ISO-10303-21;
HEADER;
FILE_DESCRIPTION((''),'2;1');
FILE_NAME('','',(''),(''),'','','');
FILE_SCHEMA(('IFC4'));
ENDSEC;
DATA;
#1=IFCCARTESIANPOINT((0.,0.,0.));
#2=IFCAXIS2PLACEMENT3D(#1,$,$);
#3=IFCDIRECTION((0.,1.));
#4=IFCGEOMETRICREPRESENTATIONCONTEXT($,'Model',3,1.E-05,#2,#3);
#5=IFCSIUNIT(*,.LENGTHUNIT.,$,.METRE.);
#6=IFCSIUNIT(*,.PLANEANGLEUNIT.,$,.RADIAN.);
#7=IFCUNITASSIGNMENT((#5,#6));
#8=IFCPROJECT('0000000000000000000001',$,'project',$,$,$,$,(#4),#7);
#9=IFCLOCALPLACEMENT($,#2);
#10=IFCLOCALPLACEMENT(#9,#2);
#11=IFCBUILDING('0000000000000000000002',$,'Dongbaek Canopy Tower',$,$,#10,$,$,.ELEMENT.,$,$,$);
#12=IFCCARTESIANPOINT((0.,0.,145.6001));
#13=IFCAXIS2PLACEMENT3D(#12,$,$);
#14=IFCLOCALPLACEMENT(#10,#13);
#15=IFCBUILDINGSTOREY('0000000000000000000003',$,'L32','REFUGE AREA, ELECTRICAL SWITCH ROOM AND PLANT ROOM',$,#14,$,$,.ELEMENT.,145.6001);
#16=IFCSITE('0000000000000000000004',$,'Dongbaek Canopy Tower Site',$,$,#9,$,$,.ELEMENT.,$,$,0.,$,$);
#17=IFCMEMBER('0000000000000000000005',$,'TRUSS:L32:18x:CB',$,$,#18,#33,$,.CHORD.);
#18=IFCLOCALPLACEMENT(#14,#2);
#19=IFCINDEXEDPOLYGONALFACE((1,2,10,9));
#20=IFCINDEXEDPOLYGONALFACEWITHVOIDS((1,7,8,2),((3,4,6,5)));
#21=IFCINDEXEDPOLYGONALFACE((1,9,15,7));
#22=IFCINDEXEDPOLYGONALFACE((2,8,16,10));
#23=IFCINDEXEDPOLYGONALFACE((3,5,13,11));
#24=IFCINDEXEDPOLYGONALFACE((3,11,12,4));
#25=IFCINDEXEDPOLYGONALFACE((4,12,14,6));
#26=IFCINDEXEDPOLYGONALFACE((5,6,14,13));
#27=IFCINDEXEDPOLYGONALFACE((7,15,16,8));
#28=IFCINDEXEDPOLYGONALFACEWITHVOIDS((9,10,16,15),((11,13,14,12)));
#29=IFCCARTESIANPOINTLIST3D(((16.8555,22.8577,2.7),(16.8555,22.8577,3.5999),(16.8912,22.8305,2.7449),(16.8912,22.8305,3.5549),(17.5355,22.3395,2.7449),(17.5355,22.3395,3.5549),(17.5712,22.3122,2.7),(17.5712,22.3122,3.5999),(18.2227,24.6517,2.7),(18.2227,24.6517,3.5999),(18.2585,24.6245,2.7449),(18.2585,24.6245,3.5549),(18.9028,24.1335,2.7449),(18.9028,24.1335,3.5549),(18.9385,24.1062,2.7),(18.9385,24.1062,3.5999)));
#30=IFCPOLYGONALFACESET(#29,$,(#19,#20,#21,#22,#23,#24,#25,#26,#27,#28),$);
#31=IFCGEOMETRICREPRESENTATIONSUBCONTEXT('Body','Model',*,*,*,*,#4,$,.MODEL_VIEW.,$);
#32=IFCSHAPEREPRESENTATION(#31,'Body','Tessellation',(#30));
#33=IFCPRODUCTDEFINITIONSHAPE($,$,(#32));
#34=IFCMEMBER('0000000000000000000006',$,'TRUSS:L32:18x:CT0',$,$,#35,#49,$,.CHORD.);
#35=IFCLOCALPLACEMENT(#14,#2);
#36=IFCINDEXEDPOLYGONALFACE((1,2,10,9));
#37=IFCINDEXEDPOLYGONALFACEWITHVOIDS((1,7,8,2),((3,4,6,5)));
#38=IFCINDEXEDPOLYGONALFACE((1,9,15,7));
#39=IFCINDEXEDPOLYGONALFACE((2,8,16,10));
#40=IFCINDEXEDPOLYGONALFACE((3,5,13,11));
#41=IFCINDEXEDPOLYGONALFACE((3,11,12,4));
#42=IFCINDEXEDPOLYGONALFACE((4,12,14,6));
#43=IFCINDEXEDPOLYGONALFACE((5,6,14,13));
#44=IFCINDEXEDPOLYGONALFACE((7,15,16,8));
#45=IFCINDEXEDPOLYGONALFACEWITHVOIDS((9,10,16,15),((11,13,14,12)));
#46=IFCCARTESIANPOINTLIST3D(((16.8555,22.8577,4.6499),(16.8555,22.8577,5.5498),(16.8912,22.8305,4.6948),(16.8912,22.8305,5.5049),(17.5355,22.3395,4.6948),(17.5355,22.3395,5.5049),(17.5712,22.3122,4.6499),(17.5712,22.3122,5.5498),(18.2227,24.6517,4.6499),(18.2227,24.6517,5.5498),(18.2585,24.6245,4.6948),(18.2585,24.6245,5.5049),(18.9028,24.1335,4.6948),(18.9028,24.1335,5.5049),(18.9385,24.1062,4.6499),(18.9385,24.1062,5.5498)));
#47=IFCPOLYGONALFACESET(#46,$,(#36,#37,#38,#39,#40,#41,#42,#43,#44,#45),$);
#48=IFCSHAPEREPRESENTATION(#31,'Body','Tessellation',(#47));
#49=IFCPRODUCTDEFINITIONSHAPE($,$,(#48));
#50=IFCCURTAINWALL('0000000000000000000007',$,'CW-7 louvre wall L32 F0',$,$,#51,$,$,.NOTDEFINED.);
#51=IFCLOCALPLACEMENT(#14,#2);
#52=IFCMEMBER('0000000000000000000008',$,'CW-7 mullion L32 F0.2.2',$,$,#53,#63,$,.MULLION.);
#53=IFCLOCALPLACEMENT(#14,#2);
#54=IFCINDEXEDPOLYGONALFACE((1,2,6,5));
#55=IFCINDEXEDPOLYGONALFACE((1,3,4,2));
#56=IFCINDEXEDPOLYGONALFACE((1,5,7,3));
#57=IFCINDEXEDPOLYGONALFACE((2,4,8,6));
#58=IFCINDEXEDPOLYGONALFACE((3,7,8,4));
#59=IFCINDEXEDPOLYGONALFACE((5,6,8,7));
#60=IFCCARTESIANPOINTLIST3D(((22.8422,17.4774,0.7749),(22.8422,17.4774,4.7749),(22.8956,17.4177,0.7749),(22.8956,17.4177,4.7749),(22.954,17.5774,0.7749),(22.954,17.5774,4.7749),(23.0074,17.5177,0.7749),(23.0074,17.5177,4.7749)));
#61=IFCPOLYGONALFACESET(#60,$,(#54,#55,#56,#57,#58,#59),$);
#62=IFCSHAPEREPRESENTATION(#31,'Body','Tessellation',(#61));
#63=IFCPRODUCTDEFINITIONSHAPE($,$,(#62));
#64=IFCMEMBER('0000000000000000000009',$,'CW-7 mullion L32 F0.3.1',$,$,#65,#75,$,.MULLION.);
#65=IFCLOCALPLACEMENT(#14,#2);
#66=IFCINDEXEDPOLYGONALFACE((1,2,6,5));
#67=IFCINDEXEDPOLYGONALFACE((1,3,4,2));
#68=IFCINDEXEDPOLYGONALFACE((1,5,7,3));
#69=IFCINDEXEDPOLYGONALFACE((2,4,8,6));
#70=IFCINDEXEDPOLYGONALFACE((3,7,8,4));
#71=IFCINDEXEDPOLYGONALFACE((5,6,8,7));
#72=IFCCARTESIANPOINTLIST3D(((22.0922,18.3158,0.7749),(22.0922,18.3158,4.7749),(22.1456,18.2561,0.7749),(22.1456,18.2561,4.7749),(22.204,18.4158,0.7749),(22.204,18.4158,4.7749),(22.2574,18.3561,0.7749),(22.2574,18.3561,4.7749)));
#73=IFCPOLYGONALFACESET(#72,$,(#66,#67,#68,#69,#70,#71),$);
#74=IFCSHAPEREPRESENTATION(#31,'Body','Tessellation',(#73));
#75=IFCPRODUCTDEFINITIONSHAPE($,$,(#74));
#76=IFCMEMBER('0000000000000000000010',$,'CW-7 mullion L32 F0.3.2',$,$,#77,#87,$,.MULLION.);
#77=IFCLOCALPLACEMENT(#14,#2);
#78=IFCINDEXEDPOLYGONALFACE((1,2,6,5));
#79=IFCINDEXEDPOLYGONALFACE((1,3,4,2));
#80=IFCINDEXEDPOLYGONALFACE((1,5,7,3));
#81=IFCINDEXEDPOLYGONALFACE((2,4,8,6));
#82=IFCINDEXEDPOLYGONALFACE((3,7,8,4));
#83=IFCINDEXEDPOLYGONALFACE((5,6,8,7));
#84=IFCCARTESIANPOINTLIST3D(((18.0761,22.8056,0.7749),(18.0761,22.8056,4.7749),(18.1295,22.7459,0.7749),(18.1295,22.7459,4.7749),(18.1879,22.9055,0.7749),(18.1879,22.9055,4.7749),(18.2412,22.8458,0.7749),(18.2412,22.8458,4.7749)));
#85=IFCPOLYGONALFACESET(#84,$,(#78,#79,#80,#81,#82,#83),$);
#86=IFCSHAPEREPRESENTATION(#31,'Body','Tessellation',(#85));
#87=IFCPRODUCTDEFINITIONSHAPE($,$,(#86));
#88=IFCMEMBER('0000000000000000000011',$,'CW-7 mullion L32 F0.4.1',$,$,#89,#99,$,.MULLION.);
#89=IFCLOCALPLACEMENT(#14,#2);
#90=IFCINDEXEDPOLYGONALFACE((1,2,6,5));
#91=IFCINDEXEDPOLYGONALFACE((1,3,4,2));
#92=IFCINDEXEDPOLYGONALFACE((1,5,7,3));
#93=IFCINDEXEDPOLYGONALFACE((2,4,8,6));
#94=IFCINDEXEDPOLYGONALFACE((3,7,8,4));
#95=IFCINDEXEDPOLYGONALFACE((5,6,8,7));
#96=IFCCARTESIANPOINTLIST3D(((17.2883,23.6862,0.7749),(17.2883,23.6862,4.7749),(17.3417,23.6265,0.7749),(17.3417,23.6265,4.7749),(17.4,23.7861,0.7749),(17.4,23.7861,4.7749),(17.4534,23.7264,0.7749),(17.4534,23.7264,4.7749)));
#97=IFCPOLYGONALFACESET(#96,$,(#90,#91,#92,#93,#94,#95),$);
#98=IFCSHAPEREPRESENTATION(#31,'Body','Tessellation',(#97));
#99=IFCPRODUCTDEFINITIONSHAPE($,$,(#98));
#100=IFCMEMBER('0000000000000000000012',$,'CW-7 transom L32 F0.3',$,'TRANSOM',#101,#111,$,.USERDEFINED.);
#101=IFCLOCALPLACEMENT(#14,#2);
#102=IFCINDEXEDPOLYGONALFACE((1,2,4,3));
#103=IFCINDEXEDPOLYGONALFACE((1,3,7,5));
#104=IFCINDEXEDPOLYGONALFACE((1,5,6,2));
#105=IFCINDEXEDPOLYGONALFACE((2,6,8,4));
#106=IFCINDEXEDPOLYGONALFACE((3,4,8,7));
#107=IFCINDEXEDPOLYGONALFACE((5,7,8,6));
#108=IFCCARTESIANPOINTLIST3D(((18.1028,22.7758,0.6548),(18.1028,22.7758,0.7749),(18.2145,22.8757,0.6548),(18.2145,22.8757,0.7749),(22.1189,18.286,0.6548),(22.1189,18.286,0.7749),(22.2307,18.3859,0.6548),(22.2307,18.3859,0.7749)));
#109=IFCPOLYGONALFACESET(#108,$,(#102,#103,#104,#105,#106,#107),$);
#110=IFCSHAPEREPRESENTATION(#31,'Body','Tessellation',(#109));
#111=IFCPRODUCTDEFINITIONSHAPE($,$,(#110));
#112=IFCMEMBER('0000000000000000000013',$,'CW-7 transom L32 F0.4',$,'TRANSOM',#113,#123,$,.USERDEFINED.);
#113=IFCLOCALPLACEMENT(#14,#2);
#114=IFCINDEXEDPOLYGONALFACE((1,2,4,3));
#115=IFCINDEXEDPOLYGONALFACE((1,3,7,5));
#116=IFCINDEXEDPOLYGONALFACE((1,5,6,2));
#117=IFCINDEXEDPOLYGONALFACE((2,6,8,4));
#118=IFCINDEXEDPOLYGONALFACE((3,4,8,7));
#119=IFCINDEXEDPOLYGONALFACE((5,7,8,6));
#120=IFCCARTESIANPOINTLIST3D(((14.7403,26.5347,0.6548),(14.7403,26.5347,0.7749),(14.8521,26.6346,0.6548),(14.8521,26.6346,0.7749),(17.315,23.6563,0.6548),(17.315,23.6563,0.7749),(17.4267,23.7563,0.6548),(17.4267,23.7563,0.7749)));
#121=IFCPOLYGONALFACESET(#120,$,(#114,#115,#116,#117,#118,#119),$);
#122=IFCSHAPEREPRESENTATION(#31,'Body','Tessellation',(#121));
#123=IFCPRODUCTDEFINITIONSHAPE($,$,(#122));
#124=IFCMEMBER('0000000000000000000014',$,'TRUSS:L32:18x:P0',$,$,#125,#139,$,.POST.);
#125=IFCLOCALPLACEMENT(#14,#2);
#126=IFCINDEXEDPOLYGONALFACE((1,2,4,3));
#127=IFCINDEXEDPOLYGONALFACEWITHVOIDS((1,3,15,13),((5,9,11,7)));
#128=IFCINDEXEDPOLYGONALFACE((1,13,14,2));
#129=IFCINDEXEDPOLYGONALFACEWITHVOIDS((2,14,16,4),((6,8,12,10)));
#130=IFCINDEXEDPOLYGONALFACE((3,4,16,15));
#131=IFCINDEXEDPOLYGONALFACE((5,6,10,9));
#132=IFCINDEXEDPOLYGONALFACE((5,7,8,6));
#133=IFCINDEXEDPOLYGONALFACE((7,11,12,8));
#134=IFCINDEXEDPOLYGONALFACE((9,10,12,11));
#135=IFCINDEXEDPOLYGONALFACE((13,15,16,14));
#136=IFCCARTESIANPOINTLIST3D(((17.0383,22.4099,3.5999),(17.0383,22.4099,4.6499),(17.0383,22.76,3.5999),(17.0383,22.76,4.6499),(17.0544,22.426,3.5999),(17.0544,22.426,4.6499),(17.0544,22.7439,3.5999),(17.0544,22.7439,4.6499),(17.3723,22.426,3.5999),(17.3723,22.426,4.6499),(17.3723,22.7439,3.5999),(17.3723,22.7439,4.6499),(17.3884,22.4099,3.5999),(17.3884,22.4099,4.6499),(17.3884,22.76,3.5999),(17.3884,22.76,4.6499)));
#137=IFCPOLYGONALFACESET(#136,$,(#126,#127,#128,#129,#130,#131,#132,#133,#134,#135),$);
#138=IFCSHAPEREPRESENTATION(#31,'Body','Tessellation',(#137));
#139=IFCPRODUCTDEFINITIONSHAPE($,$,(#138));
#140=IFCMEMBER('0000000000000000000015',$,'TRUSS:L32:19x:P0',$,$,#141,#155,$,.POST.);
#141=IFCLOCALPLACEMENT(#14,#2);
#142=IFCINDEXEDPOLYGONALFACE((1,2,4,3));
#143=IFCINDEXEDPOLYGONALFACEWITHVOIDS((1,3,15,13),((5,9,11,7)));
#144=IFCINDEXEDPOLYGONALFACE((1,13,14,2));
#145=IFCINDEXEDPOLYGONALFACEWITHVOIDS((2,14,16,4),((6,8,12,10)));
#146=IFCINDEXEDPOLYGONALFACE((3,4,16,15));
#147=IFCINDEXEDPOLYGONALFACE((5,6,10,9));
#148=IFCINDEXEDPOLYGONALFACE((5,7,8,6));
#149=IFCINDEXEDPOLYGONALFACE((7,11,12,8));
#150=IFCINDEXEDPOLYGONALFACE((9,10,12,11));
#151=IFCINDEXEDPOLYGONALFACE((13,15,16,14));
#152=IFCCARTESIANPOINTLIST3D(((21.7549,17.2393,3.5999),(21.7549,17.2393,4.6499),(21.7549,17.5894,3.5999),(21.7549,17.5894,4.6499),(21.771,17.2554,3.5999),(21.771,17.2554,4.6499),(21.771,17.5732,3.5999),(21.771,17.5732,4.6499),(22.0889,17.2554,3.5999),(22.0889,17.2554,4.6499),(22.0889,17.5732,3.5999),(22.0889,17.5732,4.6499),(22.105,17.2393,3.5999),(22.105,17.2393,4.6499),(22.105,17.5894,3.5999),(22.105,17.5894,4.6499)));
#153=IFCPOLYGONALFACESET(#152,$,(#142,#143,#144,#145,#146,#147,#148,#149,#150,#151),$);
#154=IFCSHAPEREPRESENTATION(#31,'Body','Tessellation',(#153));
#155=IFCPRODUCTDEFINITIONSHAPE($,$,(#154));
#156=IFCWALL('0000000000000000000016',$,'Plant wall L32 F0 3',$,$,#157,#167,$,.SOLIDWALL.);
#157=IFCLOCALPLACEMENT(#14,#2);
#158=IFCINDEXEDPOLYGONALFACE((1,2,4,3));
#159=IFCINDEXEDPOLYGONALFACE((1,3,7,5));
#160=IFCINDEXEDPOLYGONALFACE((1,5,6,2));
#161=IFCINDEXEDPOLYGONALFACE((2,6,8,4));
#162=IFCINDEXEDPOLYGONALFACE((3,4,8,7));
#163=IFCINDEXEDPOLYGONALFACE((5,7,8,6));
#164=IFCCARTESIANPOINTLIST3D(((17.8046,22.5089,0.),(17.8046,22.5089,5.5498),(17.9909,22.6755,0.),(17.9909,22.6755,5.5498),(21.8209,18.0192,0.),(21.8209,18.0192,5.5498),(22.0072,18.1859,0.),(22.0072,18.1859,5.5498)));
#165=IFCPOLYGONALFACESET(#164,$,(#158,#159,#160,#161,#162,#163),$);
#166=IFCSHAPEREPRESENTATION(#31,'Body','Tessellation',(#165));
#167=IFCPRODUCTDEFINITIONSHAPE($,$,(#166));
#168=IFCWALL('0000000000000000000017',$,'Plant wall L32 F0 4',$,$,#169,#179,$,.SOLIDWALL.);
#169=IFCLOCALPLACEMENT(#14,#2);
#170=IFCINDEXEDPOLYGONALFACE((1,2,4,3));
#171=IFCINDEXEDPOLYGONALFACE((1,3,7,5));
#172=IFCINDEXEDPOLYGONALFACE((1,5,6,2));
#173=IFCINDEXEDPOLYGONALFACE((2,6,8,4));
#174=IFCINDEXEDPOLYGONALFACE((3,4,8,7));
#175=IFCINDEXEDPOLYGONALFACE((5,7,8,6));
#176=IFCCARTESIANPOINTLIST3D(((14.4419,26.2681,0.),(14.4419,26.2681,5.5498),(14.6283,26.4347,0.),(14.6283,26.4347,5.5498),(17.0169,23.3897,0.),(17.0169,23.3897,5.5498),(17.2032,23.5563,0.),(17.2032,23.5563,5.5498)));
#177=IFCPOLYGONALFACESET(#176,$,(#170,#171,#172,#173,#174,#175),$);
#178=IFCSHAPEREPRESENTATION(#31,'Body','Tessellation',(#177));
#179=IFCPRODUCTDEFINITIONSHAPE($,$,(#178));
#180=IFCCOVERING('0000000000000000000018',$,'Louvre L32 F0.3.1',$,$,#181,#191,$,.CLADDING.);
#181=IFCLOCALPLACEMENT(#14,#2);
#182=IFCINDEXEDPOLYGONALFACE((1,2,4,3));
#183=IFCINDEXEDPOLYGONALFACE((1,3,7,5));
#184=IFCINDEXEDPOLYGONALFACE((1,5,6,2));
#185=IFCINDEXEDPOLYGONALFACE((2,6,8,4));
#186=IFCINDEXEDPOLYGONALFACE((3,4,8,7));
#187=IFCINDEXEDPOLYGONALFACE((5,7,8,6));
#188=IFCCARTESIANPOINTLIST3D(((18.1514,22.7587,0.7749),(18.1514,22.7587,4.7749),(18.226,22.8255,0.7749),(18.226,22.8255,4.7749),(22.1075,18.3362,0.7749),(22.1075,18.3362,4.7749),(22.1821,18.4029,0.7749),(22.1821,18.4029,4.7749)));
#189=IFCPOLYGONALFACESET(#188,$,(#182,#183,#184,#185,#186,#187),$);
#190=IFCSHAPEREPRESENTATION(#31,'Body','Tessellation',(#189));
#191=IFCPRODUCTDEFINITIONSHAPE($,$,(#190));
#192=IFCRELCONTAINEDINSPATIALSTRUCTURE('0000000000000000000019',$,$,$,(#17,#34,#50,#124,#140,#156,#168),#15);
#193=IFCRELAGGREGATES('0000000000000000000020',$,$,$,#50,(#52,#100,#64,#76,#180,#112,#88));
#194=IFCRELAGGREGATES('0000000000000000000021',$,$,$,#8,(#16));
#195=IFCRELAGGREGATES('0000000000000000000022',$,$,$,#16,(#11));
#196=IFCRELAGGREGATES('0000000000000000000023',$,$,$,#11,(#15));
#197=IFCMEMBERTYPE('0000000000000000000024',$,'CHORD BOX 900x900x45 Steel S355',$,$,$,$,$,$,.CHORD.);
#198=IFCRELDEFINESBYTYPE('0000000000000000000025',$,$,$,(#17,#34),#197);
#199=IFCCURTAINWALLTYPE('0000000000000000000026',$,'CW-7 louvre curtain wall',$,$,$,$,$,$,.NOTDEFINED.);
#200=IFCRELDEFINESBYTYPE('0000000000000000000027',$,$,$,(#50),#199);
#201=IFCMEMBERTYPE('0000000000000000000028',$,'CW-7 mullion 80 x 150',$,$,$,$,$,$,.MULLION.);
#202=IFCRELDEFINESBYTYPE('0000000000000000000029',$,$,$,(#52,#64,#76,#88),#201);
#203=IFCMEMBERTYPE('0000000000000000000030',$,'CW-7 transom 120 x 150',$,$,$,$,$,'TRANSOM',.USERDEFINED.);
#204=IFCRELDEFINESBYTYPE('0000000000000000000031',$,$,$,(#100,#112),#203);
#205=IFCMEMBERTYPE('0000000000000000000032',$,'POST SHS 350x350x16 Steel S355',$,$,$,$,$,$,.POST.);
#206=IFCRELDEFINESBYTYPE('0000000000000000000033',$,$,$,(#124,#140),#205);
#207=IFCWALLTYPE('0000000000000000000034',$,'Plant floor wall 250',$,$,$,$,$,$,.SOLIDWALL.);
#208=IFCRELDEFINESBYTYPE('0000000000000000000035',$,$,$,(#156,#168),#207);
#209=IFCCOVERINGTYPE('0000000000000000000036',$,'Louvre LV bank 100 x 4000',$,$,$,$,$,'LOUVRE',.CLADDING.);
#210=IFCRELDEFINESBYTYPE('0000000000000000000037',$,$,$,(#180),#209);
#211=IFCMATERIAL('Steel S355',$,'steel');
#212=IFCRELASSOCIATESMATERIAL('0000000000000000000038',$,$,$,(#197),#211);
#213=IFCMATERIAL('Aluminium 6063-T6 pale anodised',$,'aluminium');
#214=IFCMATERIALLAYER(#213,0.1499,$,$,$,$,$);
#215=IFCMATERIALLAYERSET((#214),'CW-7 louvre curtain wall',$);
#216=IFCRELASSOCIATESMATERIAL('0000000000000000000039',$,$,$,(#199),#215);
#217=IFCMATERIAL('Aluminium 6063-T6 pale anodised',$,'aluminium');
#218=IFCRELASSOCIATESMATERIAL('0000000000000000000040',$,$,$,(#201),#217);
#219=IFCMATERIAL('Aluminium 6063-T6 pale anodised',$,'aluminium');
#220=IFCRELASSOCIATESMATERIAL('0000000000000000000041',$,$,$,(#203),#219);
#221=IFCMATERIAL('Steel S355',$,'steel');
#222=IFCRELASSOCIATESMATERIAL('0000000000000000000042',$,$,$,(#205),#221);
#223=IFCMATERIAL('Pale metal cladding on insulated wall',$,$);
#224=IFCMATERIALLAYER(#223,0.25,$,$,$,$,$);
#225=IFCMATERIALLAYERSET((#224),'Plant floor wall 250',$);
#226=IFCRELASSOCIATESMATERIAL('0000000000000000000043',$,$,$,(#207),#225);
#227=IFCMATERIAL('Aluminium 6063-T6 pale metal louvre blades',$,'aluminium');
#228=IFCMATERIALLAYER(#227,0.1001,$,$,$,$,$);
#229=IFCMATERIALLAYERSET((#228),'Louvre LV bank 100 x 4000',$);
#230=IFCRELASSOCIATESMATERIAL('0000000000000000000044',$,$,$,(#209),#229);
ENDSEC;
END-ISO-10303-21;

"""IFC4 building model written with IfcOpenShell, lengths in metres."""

from ifc_helpers import new_model, si_unit, direction, frame, frame_2d, origin, origin_2d, place, context, subcontext, project, spatial, rectangle, hollow_rectangle, extrude, material, layer, layer_set, material_profile, profile_set, type_object, element, aggregate, save


model = new_model("IFC4")

# Units and contexts
model_context = context("Model", 3, precision=1e-05, world=origin(), true_north=direction((0.0, 1.0)))
body_context = subcontext(model_context, "Body", "Model", "MODEL_VIEW")
ifc_project = project(units=[si_unit("LENGTHUNIT", "METRE"), si_unit("PLANEANGLEUNIT", "RADIAN")], contexts=[model_context])

# Site, building, storey
site_placement = place(None, origin())
site = spatial("IfcSite", under=ifc_project, at=site_placement, Name="Dongbaek Canopy Tower Site", CompositionType="ELEMENT", RefElevation=0.0)
building_placement = place(site_placement, origin())
building = spatial("IfcBuilding", under=site, at=building_placement, Name="Dongbaek Canopy Tower", CompositionType="ELEMENT")
storey_placement = place(building_placement, frame((0.0, 0.0, 145.6001)))
storey = spatial("IfcBuildingStorey", under=building, at=storey_placement, Name="L32", Description="REFUGE AREA, ELECTRICAL SWITCH ROOM AND PLANT ROOM", CompositionType="ELEMENT", Elevation=145.6001)

# Members
ifc_material_1 = material(Name="Steel S355", Category="steel")
ifc_material_profile_1 = material_profile(ifc_material_1, hollow_rectangle(XDim=0.8999, YDim=0.8999, WallThickness=0.0449, at=origin_2d()), Name="CHORD BOX 900x900x45 Steel S355")
ifc_profile_set_1 = profile_set([ifc_material_profile_1], Name="Steel S355")
member_type_1 = type_object("IfcMemberType", Name="CHORD BOX 900x900x45 Steel S355", PredefinedType="CHORD", material=ifc_profile_set_1)
for number, where, z_axis, x_axis, name in (
    (1, (17.2134, 22.585, 3.1499), (0.606148, 0.795352, 0.0), (-0.795352, 0.606148, 0.0), "TRUSS:L32:18x:CB"),
    (2, (17.2134, 22.585, 5.0999), (0.606148, 0.795352, 0.0), (-0.795352, 0.606148, 0.0), "TRUSS:L32:18x:CT0"),
):
    element("IfcMember", number, at=place(storey_placement, frame(where, z_axis=z_axis, x_axis=x_axis)), inside=storey, type_object=member_type_1, Name=name, PredefinedType="CHORD", context=body_context, shape_type="SweptSolid", body=[
        extrude(hollow_rectangle(XDim=0.8999, YDim=0.8999, WallThickness=0.0449, at=origin_2d()), origin(), (0.0, 0.0, 1.0), 2.2556),
    ])

# Curtain wall, members
ifc_material_2 = material(Name="Aluminium 6063-T6 pale anodised", Category="aluminium")
ifc_layer_1 = layer(ifc_material_2, 0.1499)
ifc_layer_set_1 = layer_set([ifc_layer_1], Name="CW-7 louvre curtain wall")
curtain_wall_type = type_object("IfcCurtainWallType", Name="CW-7 louvre curtain wall", PredefinedType="NOTDEFINED", material=ifc_layer_set_1)
curtain_wall_placement = place(storey_placement, origin())
curtain_wall = element("IfcCurtainWall", 3, at=curtain_wall_placement, inside=storey, type_object=curtain_wall_type, Name="CW-7 louvre wall L32 F0", PredefinedType="NOTDEFINED")
ifc_material_3 = material(Name="Aluminium 6063-T6 pale anodised", Category="aluminium")
ifc_material_profile_2 = material_profile(ifc_material_3, rectangle(XDim=0.1499, YDim=0.0801, at=origin_2d()), Name="CW-7 mullion 80 x 150")
ifc_profile_set_2 = profile_set([ifc_material_profile_2], Name="Aluminium 6063-T6 pale anodised")
member_type_2 = type_object("IfcMemberType", Name="CW-7 mullion 80 x 150", PredefinedType="MULLION", material=ifc_profile_set_2)
member_1_placement = place(storey_placement, frame((22.9248, 17.4976, 0.7749), z_axis=(0.0, 0.0, 1.0), x_axis=(0.745312, 0.666716, 0.0)))
member_1 = element("IfcMember", 4, at=member_1_placement, type_object=member_type_2, Name="CW-7 mullion L32 F0.2.2", PredefinedType="MULLION", context=body_context, shape_type="SweptSolid", body=[
    extrude(rectangle(XDim=0.1499, YDim=0.0801, at=origin_2d()), origin(), (0.0, 0.0, 1.0), 4.0),
])
member_2_placement = place(storey_placement, frame((22.1748, 18.3359, 0.7749), z_axis=(0.0, 0.0, 1.0), x_axis=(0.745312, 0.666716, 0.0)))
member_2 = element("IfcMember", 5, at=member_2_placement, type_object=member_type_2, Name="CW-7 mullion L32 F0.3.1", PredefinedType="MULLION", context=body_context, shape_type="SweptSolid", body=[
    extrude(rectangle(XDim=0.1499, YDim=0.0801, at=origin_2d()), origin(), (0.0, 0.0, 1.0), 4.0),
])
member_3_placement = place(storey_placement, frame((18.1587, 22.8257, 0.7749), z_axis=(0.0, 0.0, 1.0), x_axis=(0.745312, 0.666716, 0.0)))
member_3 = element("IfcMember", 6, at=member_3_placement, type_object=member_type_2, Name="CW-7 mullion L32 F0.3.2", PredefinedType="MULLION", context=body_context, shape_type="SweptSolid", body=[
    extrude(rectangle(XDim=0.1499, YDim=0.0801, at=origin_2d()), origin(), (0.0, 0.0, 1.0), 4.0),
])
member_4_placement = place(storey_placement, frame((17.3708, 23.7063, 0.7749), z_axis=(0.0, 0.0, 1.0), x_axis=(0.745312, 0.666716, 0.0)))
member_4 = element("IfcMember", 7, at=member_4_placement, type_object=member_type_2, Name="CW-7 mullion L32 F0.4.1", PredefinedType="MULLION", context=body_context, shape_type="SweptSolid", body=[
    extrude(rectangle(XDim=0.1499, YDim=0.0801, at=origin_2d()), origin(), (0.0, 0.0, 1.0), 4.0),
])
ifc_material_4 = material(Name="Aluminium 6063-T6 pale anodised", Category="aluminium")
ifc_material_profile_3 = material_profile(ifc_material_4, rectangle(XDim=0.1499, YDim=0.1201, at=origin_2d()), Name="CW-7 transom 120 x 150")
ifc_profile_set_3 = profile_set([ifc_material_profile_3], Name="Aluminium 6063-T6 pale anodised")
member_type_3 = type_object("IfcMemberType", Name="CW-7 transom 120 x 150", ElementType="TRANSOM", PredefinedType="USERDEFINED", material=ifc_profile_set_3)
member_5_placement = place(storey_placement, frame((22.1748, 18.3359, 0.7148), z_axis=(-0.6667, 0.745326, 0.0), x_axis=(-0.745326, -0.6667, 0.0)))
member_5 = element("IfcMember", 8, at=member_5_placement, type_object=member_type_3, Name="CW-7 transom L32 F0.3", ObjectType="TRANSOM", PredefinedType="USERDEFINED", context=body_context, shape_type="SweptSolid", body=[
    extrude(rectangle(XDim=0.1499, YDim=0.1201, at=origin_2d()), origin(), (0.0, 0.0, 1.0), 6.0239),
])
member_6_placement = place(storey_placement, frame((17.3708, 23.7063, 0.7148), z_axis=(-0.666691, 0.745334, 0.0), x_axis=(-0.745334, -0.666691, 0.0)))
member_6 = element("IfcMember", 9, at=member_6_placement, type_object=member_type_3, Name="CW-7 transom L32 F0.4", ObjectType="TRANSOM", PredefinedType="USERDEFINED", context=body_context, shape_type="SweptSolid", body=[
    extrude(rectangle(XDim=0.1499, YDim=0.1201, at=origin_2d()), origin(), (0.0, 0.0, 1.0), 3.8618),
])

# Members
ifc_material_5 = material(Name="Steel S355", Category="steel")
ifc_material_profile_4 = material_profile(ifc_material_5, hollow_rectangle(XDim=0.3501, YDim=0.3501, WallThickness=0.0161, at=origin_2d()), Name="POST SHS 350x350x16 Steel S355")
ifc_profile_set_4 = profile_set([ifc_material_profile_4], Name="Steel S355")
member_type_4 = type_object("IfcMemberType", Name="POST SHS 350x350x16 Steel S355", PredefinedType="POST", material=ifc_profile_set_4)
for number, where, z_axis, x_axis, name in (
    (10, (17.2134, 22.585, 3.5999), (0.0, 0.0, 1.0), (1.0, 0.0, 0.0), "TRUSS:L32:18x:P0"),
    (11, (21.9299, 17.4143, 3.5999), (0.0, 0.0, 1.0), (1.0, 0.0, 0.0), "TRUSS:L32:19x:P0"),
):
    element("IfcMember", number, at=place(storey_placement, frame(where, z_axis=z_axis, x_axis=x_axis)), inside=storey, type_object=member_type_4, Name=name, PredefinedType="POST", context=body_context, shape_type="SweptSolid", body=[
        extrude(hollow_rectangle(XDim=0.3501, YDim=0.3501, WallThickness=0.0161, at=origin_2d()), origin(), (0.0, 0.0, 1.0), 1.05),
    ])

# Walls
ifc_material_6 = material(Name="Pale metal cladding on insulated wall")
ifc_layer_2 = layer(ifc_material_6, 0.25)
ifc_layer_set_2 = layer_set([ifc_layer_2], Name="Plant floor wall 250")
wall_type = type_object("IfcWallType", Name="Plant floor wall 250", PredefinedType="SOLIDWALL", material=ifc_layer_set_2)
wall_1_placement = place(storey_placement, frame((21.9141, 18.1025, 0.0), z_axis=(0.0, 0.0, 1.0), x_axis=(-0.666723, 0.745306, 0.0)))
element("IfcWall", 12, at=wall_1_placement, inside=storey, type_object=wall_type, Name="Plant wall L32 F0 3", PredefinedType="SOLIDWALL", context=body_context, shape_type="SweptSolid", body=[
    extrude(rectangle(XDim=6.0239, YDim=0.25, at=frame_2d((3.012, 0.0))), origin(), (0.0, 0.0, 1.0), 5.5498),
])
wall_2_placement = place(storey_placement, frame((17.1101, 23.4729, 0.0), z_axis=(0.0, 0.0, 1.0), x_axis=(-0.666726, 0.745302, 0.0)))
element("IfcWall", 13, at=wall_2_placement, inside=storey, type_object=wall_type, Name="Plant wall L32 F0 4", PredefinedType="SOLIDWALL", context=body_context, shape_type="SweptSolid", body=[
    extrude(rectangle(XDim=3.8621, YDim=0.25, at=frame_2d((1.9312, 0.0))), origin(), (0.0, 0.0, 1.0), 5.5498),
])

# Covering
ifc_material_7 = material(Name="Aluminium 6063-T6 pale metal louvre blades", Category="aluminium")
ifc_layer_3 = layer(ifc_material_7, 0.1001)
ifc_layer_set_3 = layer_set([ifc_layer_3], Name="Louvre LV bank 100 x 4000")
covering_type = type_object("IfcCoveringType", Name="Louvre LV bank 100 x 4000", ElementType="LOUVRE", PredefinedType="CLADDING", material=ifc_layer_set_3)
covering_placement = place(storey_placement, frame((20.1667, 20.5808, 0.7749), z_axis=(0.0, 0.0, 1.0), x_axis=(-0.666716, 0.745312, 0.0)))
covering = element("IfcCovering", 14, at=covering_placement, type_object=covering_type, Name="Louvre L32 F0.3.1", PredefinedType="CLADDING", context=body_context, shape_type="SweptSolid", body=[
    extrude(rectangle(XDim=5.9338, YDim=0.1001, at=origin_2d()), origin(), (0.0, 0.0, 1.0), 4.0),
])

aggregate(curtain_wall, [member_1, member_5, member_2, member_3, covering, member_6, member_4])

save(model, "model.ifc")
